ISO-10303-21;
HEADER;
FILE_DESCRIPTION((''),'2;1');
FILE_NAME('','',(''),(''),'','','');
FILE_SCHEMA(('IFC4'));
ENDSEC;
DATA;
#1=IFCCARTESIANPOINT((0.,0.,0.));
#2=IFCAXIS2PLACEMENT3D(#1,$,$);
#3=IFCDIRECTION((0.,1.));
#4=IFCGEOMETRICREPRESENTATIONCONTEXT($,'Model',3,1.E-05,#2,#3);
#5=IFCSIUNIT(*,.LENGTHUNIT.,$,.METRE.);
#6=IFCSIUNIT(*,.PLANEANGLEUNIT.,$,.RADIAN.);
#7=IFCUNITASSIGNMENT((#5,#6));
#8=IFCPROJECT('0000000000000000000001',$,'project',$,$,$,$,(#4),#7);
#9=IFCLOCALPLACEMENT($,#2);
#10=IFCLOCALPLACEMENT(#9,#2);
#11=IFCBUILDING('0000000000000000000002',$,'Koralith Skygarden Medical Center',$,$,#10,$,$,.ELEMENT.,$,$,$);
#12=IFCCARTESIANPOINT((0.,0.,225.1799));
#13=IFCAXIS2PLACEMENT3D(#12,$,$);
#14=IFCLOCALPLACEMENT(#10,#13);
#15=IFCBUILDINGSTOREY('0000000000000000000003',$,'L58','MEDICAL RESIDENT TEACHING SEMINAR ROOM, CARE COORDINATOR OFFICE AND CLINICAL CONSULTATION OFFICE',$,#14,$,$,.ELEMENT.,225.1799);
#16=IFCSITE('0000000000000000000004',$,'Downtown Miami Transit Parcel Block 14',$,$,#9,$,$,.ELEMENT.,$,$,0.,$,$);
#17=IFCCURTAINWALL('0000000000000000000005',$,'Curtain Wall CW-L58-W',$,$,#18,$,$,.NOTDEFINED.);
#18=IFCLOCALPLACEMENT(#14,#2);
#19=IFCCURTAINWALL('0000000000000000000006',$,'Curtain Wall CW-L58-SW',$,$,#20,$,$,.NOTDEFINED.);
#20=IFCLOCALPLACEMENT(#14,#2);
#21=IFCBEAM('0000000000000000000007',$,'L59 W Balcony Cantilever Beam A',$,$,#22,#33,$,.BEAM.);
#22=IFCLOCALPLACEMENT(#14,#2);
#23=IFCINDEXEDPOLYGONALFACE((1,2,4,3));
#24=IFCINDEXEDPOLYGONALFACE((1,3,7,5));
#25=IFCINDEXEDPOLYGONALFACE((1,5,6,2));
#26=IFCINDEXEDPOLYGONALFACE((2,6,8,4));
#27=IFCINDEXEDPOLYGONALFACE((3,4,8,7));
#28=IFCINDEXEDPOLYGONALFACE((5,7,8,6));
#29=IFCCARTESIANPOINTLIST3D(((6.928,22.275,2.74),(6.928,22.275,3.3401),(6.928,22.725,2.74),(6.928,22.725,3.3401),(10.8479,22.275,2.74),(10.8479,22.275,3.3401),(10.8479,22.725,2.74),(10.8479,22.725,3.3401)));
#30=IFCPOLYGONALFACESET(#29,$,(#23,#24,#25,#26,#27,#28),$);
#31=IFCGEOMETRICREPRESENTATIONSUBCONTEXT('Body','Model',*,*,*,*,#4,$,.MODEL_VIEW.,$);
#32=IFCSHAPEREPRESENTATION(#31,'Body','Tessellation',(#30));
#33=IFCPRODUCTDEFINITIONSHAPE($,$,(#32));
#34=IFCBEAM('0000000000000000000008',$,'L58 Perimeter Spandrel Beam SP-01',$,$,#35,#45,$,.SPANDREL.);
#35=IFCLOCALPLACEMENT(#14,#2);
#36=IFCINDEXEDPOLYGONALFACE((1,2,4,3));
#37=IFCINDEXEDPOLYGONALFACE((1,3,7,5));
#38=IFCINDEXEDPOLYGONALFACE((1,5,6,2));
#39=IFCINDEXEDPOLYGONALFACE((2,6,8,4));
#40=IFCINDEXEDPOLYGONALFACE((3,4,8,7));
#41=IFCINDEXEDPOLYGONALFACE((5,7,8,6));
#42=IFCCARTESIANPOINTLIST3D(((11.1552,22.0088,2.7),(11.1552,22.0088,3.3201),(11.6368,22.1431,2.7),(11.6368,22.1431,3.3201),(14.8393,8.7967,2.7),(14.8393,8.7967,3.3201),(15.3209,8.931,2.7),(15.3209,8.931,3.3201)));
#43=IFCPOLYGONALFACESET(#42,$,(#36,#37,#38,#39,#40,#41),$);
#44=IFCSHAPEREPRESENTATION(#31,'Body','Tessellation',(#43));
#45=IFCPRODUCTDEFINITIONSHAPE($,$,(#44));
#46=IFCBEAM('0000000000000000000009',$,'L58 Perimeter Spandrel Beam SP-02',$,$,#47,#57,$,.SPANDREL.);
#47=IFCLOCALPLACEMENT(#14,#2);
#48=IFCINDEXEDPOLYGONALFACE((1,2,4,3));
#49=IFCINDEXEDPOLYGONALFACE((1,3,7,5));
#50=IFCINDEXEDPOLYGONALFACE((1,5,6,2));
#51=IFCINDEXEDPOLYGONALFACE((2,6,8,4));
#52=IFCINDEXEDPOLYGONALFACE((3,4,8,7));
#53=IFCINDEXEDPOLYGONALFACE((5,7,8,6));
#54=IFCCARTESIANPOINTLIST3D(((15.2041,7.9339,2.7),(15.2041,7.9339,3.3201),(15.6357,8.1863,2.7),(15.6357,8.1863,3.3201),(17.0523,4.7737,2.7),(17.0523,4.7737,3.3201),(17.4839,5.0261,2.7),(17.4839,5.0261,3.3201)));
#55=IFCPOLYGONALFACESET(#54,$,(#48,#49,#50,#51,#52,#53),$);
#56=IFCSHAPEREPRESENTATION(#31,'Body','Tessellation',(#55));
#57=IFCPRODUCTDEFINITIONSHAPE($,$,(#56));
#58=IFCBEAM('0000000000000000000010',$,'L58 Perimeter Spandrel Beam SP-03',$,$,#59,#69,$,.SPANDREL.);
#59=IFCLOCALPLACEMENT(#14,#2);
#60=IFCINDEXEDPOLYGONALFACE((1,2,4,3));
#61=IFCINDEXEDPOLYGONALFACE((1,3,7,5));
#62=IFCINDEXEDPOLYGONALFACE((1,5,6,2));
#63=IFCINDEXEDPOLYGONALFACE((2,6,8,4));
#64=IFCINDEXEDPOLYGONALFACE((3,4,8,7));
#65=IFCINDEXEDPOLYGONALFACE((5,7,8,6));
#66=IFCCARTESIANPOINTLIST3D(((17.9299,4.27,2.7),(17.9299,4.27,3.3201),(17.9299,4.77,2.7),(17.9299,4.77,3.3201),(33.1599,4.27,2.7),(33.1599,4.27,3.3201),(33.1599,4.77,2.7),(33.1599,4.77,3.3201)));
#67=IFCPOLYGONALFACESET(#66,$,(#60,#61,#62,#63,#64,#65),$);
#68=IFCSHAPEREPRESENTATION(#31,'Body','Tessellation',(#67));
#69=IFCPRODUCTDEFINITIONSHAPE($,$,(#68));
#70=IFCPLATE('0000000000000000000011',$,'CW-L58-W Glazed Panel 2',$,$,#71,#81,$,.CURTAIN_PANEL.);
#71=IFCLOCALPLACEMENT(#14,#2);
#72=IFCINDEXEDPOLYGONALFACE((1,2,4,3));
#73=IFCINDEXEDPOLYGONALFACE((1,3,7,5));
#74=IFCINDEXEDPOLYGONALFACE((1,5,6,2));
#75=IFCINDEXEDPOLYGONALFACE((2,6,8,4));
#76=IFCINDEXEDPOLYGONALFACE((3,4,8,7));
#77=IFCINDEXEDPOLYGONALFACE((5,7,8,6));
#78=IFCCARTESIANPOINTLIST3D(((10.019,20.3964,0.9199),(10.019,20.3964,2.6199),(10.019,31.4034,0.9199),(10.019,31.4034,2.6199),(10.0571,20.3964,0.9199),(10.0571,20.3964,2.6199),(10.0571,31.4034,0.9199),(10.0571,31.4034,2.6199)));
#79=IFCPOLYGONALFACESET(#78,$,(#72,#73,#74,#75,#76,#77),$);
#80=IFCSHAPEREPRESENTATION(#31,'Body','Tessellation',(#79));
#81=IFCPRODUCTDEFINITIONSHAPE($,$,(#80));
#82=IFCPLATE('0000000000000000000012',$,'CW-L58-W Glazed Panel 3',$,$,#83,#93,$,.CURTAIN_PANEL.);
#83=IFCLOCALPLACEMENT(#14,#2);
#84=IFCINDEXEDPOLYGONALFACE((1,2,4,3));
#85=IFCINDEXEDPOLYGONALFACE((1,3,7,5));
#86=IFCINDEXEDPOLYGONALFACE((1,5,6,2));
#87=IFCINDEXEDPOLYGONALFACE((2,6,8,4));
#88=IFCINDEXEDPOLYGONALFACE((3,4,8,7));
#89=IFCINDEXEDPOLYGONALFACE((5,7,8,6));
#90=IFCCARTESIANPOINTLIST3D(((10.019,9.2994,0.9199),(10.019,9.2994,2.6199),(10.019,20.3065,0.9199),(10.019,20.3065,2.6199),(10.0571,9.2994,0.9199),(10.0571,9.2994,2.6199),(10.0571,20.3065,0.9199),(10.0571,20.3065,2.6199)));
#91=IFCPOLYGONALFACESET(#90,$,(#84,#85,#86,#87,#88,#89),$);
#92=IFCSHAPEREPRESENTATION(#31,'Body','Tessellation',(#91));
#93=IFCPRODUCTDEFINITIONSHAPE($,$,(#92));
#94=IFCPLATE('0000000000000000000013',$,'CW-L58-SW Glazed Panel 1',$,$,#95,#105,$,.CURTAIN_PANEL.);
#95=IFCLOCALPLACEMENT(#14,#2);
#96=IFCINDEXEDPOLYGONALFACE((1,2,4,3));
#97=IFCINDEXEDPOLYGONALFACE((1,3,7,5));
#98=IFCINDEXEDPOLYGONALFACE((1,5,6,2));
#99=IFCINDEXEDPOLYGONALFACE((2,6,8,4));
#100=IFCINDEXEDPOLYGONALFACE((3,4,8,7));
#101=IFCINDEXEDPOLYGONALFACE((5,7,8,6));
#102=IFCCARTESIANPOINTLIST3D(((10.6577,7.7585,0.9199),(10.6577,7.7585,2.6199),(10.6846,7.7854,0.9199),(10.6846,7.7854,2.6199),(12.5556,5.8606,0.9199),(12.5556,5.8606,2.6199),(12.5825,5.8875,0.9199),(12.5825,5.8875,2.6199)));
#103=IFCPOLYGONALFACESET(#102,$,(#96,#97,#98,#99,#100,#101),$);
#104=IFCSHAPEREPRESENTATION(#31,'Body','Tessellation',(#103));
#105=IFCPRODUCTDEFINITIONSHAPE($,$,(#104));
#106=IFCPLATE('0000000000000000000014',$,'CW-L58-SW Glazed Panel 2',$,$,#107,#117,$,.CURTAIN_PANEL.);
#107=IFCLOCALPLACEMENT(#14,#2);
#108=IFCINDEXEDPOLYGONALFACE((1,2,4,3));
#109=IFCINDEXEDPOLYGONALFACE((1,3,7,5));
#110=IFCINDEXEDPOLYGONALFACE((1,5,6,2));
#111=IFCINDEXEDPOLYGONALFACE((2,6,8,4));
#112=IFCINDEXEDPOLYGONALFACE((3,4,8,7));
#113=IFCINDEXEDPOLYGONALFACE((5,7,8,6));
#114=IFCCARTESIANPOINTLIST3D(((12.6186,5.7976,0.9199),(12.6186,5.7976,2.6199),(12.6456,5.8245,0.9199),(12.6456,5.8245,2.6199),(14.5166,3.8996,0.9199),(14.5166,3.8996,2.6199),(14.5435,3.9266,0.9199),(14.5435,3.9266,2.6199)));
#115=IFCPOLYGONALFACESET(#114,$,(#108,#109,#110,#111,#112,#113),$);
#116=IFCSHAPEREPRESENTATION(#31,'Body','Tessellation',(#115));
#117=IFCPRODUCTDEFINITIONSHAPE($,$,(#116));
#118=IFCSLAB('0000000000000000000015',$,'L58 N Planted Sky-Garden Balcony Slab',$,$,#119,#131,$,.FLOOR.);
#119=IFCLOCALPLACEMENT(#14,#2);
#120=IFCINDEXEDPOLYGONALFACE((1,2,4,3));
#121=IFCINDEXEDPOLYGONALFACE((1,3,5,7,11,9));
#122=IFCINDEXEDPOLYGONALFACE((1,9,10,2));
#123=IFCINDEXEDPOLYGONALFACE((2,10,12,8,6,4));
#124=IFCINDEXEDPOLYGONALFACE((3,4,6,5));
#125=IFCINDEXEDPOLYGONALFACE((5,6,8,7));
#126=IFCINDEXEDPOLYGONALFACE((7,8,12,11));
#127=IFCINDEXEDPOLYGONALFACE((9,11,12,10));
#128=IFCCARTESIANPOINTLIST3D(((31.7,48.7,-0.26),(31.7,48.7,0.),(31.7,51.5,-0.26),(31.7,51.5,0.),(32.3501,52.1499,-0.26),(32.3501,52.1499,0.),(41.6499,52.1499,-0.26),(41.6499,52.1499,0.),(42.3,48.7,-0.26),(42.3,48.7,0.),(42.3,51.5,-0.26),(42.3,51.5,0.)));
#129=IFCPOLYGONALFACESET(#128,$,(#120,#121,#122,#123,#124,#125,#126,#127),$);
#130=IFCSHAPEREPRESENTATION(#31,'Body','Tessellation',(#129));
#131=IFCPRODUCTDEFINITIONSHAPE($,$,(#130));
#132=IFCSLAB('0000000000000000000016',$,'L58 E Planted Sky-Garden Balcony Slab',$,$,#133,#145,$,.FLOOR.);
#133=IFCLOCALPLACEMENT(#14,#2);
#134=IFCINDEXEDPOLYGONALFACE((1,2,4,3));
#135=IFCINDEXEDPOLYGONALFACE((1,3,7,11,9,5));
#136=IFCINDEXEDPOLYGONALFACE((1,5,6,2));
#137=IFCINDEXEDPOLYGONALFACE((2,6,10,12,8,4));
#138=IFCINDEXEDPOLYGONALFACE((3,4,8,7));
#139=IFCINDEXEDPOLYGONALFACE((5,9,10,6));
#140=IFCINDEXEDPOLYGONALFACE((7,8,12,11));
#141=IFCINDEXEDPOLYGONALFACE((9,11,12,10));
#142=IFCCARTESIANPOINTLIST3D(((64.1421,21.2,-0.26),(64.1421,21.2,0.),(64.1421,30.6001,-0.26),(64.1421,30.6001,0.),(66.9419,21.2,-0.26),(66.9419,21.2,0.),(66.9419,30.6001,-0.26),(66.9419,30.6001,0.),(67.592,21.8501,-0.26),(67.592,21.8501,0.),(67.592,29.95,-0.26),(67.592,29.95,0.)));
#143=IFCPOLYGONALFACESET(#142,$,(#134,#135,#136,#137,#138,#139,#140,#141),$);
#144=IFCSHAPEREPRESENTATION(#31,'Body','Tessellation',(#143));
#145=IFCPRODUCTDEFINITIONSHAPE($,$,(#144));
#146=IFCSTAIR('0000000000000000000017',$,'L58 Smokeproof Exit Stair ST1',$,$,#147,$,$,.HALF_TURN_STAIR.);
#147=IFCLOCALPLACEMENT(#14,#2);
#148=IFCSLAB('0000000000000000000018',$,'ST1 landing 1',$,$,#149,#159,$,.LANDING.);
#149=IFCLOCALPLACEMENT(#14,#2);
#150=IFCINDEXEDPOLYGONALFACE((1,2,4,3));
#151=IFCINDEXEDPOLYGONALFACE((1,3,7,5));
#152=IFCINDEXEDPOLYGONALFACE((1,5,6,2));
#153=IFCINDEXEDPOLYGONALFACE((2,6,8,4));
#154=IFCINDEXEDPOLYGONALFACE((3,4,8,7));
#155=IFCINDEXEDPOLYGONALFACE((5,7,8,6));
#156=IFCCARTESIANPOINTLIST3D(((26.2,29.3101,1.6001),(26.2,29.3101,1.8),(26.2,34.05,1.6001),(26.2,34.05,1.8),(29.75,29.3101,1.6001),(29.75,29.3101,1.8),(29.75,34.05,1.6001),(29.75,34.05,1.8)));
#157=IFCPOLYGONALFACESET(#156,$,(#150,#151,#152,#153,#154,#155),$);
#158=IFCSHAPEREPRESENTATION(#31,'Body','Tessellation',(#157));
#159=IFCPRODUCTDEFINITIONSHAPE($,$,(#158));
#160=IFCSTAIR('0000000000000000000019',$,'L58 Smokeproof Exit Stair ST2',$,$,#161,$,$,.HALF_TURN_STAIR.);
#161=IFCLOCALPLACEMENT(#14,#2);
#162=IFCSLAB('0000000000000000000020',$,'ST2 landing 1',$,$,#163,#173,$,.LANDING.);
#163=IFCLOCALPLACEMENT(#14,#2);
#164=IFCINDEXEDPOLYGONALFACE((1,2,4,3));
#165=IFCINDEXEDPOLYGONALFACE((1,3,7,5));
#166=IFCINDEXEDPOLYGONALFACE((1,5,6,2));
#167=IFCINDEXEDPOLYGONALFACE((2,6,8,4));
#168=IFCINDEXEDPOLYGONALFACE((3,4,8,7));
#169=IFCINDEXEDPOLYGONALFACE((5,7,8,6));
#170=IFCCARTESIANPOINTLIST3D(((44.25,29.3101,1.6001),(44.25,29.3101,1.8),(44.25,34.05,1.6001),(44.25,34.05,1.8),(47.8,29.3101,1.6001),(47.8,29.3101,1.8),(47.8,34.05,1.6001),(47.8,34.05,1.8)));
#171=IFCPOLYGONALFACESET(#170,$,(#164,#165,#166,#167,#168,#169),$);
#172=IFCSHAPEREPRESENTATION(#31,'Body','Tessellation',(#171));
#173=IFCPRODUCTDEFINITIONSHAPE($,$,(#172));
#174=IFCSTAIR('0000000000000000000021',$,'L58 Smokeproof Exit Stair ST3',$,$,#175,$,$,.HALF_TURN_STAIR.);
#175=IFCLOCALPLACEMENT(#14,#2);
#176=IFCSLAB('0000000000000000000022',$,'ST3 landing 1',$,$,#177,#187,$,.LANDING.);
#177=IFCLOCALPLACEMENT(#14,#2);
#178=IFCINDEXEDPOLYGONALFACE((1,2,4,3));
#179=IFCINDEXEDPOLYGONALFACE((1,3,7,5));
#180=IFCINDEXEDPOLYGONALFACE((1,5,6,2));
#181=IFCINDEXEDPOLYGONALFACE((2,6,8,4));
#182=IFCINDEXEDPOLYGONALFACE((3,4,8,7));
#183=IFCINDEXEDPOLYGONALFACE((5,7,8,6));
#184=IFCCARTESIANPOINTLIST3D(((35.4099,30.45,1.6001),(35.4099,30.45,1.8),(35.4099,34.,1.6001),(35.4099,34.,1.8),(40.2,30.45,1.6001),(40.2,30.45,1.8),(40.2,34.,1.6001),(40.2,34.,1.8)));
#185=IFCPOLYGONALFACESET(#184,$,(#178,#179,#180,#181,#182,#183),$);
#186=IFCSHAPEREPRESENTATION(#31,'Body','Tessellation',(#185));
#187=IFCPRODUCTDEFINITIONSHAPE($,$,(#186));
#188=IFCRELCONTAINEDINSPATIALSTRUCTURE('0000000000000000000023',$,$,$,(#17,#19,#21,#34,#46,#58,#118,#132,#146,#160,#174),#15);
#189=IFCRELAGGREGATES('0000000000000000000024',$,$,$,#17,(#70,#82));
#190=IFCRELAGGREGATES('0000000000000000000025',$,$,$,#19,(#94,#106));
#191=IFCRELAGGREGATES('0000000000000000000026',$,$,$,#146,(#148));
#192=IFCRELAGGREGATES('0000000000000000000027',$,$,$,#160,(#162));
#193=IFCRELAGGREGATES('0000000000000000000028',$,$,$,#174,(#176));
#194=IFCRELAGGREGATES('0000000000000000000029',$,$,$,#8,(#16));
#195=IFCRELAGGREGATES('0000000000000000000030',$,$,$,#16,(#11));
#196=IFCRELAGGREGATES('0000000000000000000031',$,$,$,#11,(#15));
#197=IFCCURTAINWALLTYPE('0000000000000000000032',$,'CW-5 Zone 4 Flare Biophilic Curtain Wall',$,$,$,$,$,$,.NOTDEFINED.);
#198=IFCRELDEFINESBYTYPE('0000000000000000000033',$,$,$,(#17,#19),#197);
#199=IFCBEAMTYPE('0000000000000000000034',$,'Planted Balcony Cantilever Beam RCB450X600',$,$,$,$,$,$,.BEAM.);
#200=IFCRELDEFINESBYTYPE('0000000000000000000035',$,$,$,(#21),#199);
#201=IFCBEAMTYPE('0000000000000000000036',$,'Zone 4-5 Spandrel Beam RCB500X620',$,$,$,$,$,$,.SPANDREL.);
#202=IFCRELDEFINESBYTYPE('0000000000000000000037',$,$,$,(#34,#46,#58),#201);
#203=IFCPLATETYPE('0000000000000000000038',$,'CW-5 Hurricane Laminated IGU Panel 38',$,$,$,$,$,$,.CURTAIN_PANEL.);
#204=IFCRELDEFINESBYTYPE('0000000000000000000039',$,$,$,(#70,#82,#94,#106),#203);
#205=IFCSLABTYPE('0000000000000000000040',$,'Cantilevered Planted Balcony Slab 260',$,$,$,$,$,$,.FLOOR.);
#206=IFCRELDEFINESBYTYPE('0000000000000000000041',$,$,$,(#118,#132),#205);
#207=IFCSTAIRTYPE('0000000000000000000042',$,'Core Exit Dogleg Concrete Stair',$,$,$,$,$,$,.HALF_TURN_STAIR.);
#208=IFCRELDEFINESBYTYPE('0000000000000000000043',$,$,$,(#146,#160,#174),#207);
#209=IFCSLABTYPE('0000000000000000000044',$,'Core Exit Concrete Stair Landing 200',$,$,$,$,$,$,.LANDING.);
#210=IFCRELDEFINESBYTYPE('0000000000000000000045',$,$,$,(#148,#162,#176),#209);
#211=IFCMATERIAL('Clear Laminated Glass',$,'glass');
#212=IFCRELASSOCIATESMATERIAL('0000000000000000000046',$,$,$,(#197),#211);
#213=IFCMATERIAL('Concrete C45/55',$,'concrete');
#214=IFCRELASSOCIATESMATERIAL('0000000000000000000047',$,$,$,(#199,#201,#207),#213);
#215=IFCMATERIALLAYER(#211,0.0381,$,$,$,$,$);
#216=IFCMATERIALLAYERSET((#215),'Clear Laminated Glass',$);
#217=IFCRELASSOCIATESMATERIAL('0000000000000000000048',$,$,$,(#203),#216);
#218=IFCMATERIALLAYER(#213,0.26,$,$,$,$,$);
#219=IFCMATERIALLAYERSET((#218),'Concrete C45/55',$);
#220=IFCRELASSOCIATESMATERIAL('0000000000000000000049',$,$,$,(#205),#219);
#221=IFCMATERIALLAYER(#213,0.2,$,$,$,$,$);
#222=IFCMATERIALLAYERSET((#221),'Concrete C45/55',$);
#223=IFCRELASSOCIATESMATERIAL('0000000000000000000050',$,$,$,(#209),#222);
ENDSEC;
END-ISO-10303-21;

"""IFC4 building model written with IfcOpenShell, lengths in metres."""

from ifc_helpers import new_model, si_unit, direction, frame, origin, origin_2d, place, context, subcontext, project, spatial, polyline, rectangle, outline, extrude, material, layer, layer_set, material_profile, profile_set, type_object, element, aggregate, save


model = new_model("IFC4")

# Units and contexts
model_context = context("Model", 3, precision=1e-05, world=origin(), true_north=direction((0.0, 1.0)))
body_context = subcontext(model_context, "Body", "Model", "MODEL_VIEW")
ifc_project = project(units=[si_unit("LENGTHUNIT", "METRE"), si_unit("PLANEANGLEUNIT", "RADIAN")], contexts=[model_context])

# Site, building, storey
site_placement = place(None, origin())
site = spatial("IfcSite", under=ifc_project, at=site_placement, Name="Downtown Miami Transit Parcel Block 14", CompositionType="ELEMENT", RefElevation=0.0)
building_placement = place(site_placement, origin())
building = spatial("IfcBuilding", under=site, at=building_placement, Name="Koralith Skygarden Medical Center", CompositionType="ELEMENT")
storey_placement = place(building_placement, frame((0.0, 0.0, 225.1799)))
storey = spatial("IfcBuildingStorey", under=building, at=storey_placement, Name="L58", Description="MEDICAL RESIDENT TEACHING SEMINAR ROOM, CARE COORDINATOR OFFICE AND CLINICAL CONSULTATION OFFICE", CompositionType="ELEMENT", Elevation=225.1799)

# Shared definitions
ifc_material_1 = material(Name="Clear Laminated Glass", Category="glass")
curtain_wall_type = type_object("IfcCurtainWallType", Name="CW-5 Zone 4 Flare Biophilic Curtain Wall", PredefinedType="NOTDEFINED", material=ifc_material_1)

# Curtain walls
curtain_wall_1_placement = place(storey_placement, origin())
curtain_wall_1 = element("IfcCurtainWall", 1, at=curtain_wall_1_placement, inside=storey, type_object=curtain_wall_type, Name="Curtain Wall CW-L58-W", PredefinedType="NOTDEFINED")
curtain_wall_2_placement = place(storey_placement, origin())
curtain_wall_2 = element("IfcCurtainWall", 2, at=curtain_wall_2_placement, inside=storey, type_object=curtain_wall_type, Name="Curtain Wall CW-L58-SW", PredefinedType="NOTDEFINED")

# Beams
ifc_material_2 = material(Name="Concrete C45/55", Category="concrete")
ifc_material_profile_1 = material_profile(ifc_material_2, rectangle(XDim=0.45, YDim=0.6001, at=origin_2d()), Name="RCB450X600")
ifc_profile_set_1 = profile_set([ifc_material_profile_1], Name="Concrete C45/55")
beam_type_1 = type_object("IfcBeamType", Name="Planted Balcony Cantilever Beam RCB450X600", PredefinedType="BEAM", material=ifc_profile_set_1)
beam_1_placement = place(storey_placement, frame((10.8479, 22.5, 3.04), z_axis=(-1.0, 0.0, 0.0), x_axis=(0.0, -1.0, 0.0)))
element("IfcBeam", 3, at=beam_1_placement, inside=storey, type_object=beam_type_1, Name="L59 W Balcony Cantilever Beam A", PredefinedType="BEAM", context=body_context, shape_type="SweptSolid", body=[
    extrude(rectangle(XDim=0.45, YDim=0.6001, at=origin_2d()), origin(), (0.0, 0.0, 1.0), 3.9199),
])
ifc_material_profile_2 = material_profile(ifc_material_2, rectangle(XDim=0.5, YDim=0.6201, at=origin_2d()), Name="RCB500X620")
ifc_profile_set_2 = profile_set([ifc_material_profile_2], Name="Concrete C45/55")
beam_type_2 = type_object("IfcBeamType", Name="Zone 4-5 Spandrel Beam RCB500X620", PredefinedType="SPANDREL", material=ifc_profile_set_2)
beam_2_placement = place(storey_placement, frame((11.396, 22.0759, 3.01), z_axis=(0.268598, -0.963252, 0.0), x_axis=(0.963252, 0.268598, 0.0)))
element("IfcBeam", 4, at=beam_2_placement, inside=storey, type_object=beam_type_2, Name="L58 Perimeter Spandrel Beam SP-01", PredefinedType="SPANDREL", context=body_context, shape_type="SweptSolid", body=[
    extrude(rectangle(XDim=0.5, YDim=0.6201, at=origin_2d()), origin(), (0.0, 0.0, 1.0), 13.7161),
])
beam_3_placement = place(storey_placement, frame((15.4199, 8.0601, 3.01), z_axis=(0.504833, -0.863217, 0.0), x_axis=(0.863217, 0.504833, 0.0)))
element("IfcBeam", 5, at=beam_3_placement, inside=storey, type_object=beam_type_2, Name="L58 Perimeter Spandrel Beam SP-02", PredefinedType="SPANDREL", context=body_context, shape_type="SweptSolid", body=[
    extrude(rectangle(XDim=0.5, YDim=0.6201, at=origin_2d()), origin(), (0.0, 0.0, 1.0), 3.6609),
])
beam_4_placement = place(storey_placement, frame((17.9299, 4.52, 3.01), z_axis=(1.0, 0.0, 0.0), x_axis=(0.0, 1.0, 0.0)))
element("IfcBeam", 6, at=beam_4_placement, inside=storey, type_object=beam_type_2, Name="L58 Perimeter Spandrel Beam SP-03", PredefinedType="SPANDREL", context=body_context, shape_type="SweptSolid", body=[
    extrude(rectangle(XDim=0.5, YDim=0.6201, at=origin_2d()), origin(), (0.0, 0.0, 1.0), 15.23),
])

# Plates
ifc_layer_1 = layer(ifc_material_1, 0.0381)
ifc_layer_set_1 = layer_set([ifc_layer_1], Name="Clear Laminated Glass")
plate_type_1 = type_object("IfcPlateType", Name="CW-5 Hurricane Laminated IGU Panel 38", PredefinedType="CURTAIN_PANEL", material=ifc_layer_set_1)
plate_1_placement = place(storey_placement, frame((10.0381, 25.8999, 0.9199), z_axis=(0.0, 0.0, 1.0), x_axis=(0.0, -1.0, 0.0)))
plate_1 = element("IfcPlate", 7, at=plate_1_placement, type_object=plate_type_1, Name="CW-L58-W Glazed Panel 2", PredefinedType="CURTAIN_PANEL", context=body_context, shape_type="SweptSolid", body=[
    extrude(rectangle(XDim=11.0071, YDim=0.0381, at=origin_2d()), origin(), (0.0, 0.0, 1.0), 1.7),
])
plate_2_placement = place(storey_placement, frame((10.0381, 14.803, 0.9199), z_axis=(0.0, 0.0, 1.0), x_axis=(0.0, -1.0, 0.0)))
plate_2 = element("IfcPlate", 8, at=plate_2_placement, type_object=plate_type_1, Name="CW-L58-W Glazed Panel 3", PredefinedType="CURTAIN_PANEL", context=body_context, shape_type="SweptSolid", body=[
    extrude(rectangle(XDim=11.0071, YDim=0.0381, at=origin_2d()), origin(), (0.0, 0.0, 1.0), 1.7),
])
aggregate(curtain_wall_1, [plate_1, plate_2])
plate_3_placement = place(storey_placement, frame((11.6201, 6.823, 0.9199), z_axis=(0.0, 0.0, 1.0), x_axis=(0.707107, -0.707107, 0.0)))
plate_3 = element("IfcPlate", 9, at=plate_3_placement, type_object=plate_type_1, Name="CW-L58-SW Glazed Panel 1", PredefinedType="CURTAIN_PANEL", context=body_context, shape_type="SweptSolid", body=[
    extrude(rectangle(XDim=2.6841, YDim=0.0381, at=origin_2d()), origin(), (0.0, 0.0, 1.0), 1.7),
])
plate_4_placement = place(storey_placement, frame((13.5811, 4.8621, 0.9199), z_axis=(0.0, 0.0, 1.0), x_axis=(0.707107, -0.707107, 0.0)))
plate_4 = element("IfcPlate", 10, at=plate_4_placement, type_object=plate_type_1, Name="CW-L58-SW Glazed Panel 2", PredefinedType="CURTAIN_PANEL", context=body_context, shape_type="SweptSolid", body=[
    extrude(rectangle(XDim=2.6841, YDim=0.0381, at=origin_2d()), origin(), (0.0, 0.0, 1.0), 1.7),
])
aggregate(curtain_wall_2, [plate_3, plate_4])

# Slabs
ifc_layer_2 = layer(ifc_material_2, 0.26)
ifc_layer_set_2 = layer_set([ifc_layer_2], Name="Concrete C45/55")
slab_type_1 = type_object("IfcSlabType", Name="Cantilevered Planted Balcony Slab 260", PredefinedType="FLOOR", material=ifc_layer_set_2)
slab_1_placement = place(storey_placement, frame((0.0, 0.0, -0.26)))
element("IfcSlab", 11, at=slab_1_placement, inside=storey, type_object=slab_type_1, Name="L58 N Planted Sky-Garden Balcony Slab", PredefinedType="FLOOR", context=body_context, shape_type="SweptSolid", body=[
    extrude(outline(polyline([(31.7, 48.7), (42.3, 48.7), (42.3, 51.5), (41.6499, 52.1499), (32.3501, 52.1499), (31.7, 51.5), (31.7, 48.7)])), origin(), (0.0, 0.0, 1.0), 0.26),
])
slab_2_placement = place(storey_placement, frame((0.0, 0.0, -0.26)))
element("IfcSlab", 12, at=slab_2_placement, inside=storey, type_object=slab_type_1, Name="L58 E Planted Sky-Garden Balcony Slab", PredefinedType="FLOOR", context=body_context, shape_type="SweptSolid", body=[
    extrude(outline(polyline([(64.1421, 21.2), (66.9419, 21.2), (67.592, 21.8501), (67.592, 29.95), (66.9419, 30.6001), (64.1421, 30.6001), (64.1421, 21.2)])), origin(), (0.0, 0.0, 1.0), 0.26),
])

# Stairs, slabs
stair_type = type_object("IfcStairType", Name="Core Exit Dogleg Concrete Stair", PredefinedType="HALF_TURN_STAIR", material=ifc_material_2)
stair_1_placement = place(storey_placement, origin())
stair_1 = element("IfcStair", 13, at=stair_1_placement, inside=storey, type_object=stair_type, Name="L58 Smokeproof Exit Stair ST1", PredefinedType="HALF_TURN_STAIR")
ifc_layer_3 = layer(ifc_material_2, 0.2)
ifc_layer_set_3 = layer_set([ifc_layer_3], Name="Concrete C45/55")
slab_type_2 = type_object("IfcSlabType", Name="Core Exit Concrete Stair Landing 200", PredefinedType="LANDING", material=ifc_layer_set_3)
slab_3_placement = place(storey_placement, frame((0.0, 0.0, 1.6001)))
slab_3 = element("IfcSlab", 14, at=slab_3_placement, type_object=slab_type_2, Name="ST1 landing 1", PredefinedType="LANDING", context=body_context, shape_type="SweptSolid", body=[
    extrude(outline(polyline([(29.75, 29.3101), (29.75, 34.05), (26.2, 34.05), (26.2, 29.3101), (29.75, 29.3101)])), origin(), (0.0, 0.0, 1.0), 0.2),
])
aggregate(stair_1, [slab_3])
stair_2_placement = place(storey_placement, origin())
stair_2 = element("IfcStair", 15, at=stair_2_placement, inside=storey, type_object=stair_type, Name="L58 Smokeproof Exit Stair ST2", PredefinedType="HALF_TURN_STAIR")
slab_4_placement = place(storey_placement, frame((0.0, 0.0, 1.6001)))
slab_4 = element("IfcSlab", 16, at=slab_4_placement, type_object=slab_type_2, Name="ST2 landing 1", PredefinedType="LANDING", context=body_context, shape_type="SweptSolid", body=[
    extrude(outline(polyline([(47.8, 29.3101), (47.8, 34.05), (44.25, 34.05), (44.25, 29.3101), (47.8, 29.3101)])), origin(), (0.0, 0.0, 1.0), 0.2),
])
aggregate(stair_2, [slab_4])
stair_3_placement = place(storey_placement, origin())
stair_3 = element("IfcStair", 17, at=stair_3_placement, inside=storey, type_object=stair_type, Name="L58 Smokeproof Exit Stair ST3", PredefinedType="HALF_TURN_STAIR")
slab_5_placement = place(storey_placement, frame((0.0, 0.0, 1.6001)))
slab_5 = element("IfcSlab", 18, at=slab_5_placement, type_object=slab_type_2, Name="ST3 landing 1", PredefinedType="LANDING", context=body_context, shape_type="SweptSolid", body=[
    extrude(outline(polyline([(35.4099, 30.45), (40.2, 30.45), (40.2, 34.0), (35.4099, 34.0), (35.4099, 30.45)])), origin(), (0.0, 0.0, 1.0), 0.2),
])
aggregate(stair_3, [slab_5])

save(model, "model.ifc")
